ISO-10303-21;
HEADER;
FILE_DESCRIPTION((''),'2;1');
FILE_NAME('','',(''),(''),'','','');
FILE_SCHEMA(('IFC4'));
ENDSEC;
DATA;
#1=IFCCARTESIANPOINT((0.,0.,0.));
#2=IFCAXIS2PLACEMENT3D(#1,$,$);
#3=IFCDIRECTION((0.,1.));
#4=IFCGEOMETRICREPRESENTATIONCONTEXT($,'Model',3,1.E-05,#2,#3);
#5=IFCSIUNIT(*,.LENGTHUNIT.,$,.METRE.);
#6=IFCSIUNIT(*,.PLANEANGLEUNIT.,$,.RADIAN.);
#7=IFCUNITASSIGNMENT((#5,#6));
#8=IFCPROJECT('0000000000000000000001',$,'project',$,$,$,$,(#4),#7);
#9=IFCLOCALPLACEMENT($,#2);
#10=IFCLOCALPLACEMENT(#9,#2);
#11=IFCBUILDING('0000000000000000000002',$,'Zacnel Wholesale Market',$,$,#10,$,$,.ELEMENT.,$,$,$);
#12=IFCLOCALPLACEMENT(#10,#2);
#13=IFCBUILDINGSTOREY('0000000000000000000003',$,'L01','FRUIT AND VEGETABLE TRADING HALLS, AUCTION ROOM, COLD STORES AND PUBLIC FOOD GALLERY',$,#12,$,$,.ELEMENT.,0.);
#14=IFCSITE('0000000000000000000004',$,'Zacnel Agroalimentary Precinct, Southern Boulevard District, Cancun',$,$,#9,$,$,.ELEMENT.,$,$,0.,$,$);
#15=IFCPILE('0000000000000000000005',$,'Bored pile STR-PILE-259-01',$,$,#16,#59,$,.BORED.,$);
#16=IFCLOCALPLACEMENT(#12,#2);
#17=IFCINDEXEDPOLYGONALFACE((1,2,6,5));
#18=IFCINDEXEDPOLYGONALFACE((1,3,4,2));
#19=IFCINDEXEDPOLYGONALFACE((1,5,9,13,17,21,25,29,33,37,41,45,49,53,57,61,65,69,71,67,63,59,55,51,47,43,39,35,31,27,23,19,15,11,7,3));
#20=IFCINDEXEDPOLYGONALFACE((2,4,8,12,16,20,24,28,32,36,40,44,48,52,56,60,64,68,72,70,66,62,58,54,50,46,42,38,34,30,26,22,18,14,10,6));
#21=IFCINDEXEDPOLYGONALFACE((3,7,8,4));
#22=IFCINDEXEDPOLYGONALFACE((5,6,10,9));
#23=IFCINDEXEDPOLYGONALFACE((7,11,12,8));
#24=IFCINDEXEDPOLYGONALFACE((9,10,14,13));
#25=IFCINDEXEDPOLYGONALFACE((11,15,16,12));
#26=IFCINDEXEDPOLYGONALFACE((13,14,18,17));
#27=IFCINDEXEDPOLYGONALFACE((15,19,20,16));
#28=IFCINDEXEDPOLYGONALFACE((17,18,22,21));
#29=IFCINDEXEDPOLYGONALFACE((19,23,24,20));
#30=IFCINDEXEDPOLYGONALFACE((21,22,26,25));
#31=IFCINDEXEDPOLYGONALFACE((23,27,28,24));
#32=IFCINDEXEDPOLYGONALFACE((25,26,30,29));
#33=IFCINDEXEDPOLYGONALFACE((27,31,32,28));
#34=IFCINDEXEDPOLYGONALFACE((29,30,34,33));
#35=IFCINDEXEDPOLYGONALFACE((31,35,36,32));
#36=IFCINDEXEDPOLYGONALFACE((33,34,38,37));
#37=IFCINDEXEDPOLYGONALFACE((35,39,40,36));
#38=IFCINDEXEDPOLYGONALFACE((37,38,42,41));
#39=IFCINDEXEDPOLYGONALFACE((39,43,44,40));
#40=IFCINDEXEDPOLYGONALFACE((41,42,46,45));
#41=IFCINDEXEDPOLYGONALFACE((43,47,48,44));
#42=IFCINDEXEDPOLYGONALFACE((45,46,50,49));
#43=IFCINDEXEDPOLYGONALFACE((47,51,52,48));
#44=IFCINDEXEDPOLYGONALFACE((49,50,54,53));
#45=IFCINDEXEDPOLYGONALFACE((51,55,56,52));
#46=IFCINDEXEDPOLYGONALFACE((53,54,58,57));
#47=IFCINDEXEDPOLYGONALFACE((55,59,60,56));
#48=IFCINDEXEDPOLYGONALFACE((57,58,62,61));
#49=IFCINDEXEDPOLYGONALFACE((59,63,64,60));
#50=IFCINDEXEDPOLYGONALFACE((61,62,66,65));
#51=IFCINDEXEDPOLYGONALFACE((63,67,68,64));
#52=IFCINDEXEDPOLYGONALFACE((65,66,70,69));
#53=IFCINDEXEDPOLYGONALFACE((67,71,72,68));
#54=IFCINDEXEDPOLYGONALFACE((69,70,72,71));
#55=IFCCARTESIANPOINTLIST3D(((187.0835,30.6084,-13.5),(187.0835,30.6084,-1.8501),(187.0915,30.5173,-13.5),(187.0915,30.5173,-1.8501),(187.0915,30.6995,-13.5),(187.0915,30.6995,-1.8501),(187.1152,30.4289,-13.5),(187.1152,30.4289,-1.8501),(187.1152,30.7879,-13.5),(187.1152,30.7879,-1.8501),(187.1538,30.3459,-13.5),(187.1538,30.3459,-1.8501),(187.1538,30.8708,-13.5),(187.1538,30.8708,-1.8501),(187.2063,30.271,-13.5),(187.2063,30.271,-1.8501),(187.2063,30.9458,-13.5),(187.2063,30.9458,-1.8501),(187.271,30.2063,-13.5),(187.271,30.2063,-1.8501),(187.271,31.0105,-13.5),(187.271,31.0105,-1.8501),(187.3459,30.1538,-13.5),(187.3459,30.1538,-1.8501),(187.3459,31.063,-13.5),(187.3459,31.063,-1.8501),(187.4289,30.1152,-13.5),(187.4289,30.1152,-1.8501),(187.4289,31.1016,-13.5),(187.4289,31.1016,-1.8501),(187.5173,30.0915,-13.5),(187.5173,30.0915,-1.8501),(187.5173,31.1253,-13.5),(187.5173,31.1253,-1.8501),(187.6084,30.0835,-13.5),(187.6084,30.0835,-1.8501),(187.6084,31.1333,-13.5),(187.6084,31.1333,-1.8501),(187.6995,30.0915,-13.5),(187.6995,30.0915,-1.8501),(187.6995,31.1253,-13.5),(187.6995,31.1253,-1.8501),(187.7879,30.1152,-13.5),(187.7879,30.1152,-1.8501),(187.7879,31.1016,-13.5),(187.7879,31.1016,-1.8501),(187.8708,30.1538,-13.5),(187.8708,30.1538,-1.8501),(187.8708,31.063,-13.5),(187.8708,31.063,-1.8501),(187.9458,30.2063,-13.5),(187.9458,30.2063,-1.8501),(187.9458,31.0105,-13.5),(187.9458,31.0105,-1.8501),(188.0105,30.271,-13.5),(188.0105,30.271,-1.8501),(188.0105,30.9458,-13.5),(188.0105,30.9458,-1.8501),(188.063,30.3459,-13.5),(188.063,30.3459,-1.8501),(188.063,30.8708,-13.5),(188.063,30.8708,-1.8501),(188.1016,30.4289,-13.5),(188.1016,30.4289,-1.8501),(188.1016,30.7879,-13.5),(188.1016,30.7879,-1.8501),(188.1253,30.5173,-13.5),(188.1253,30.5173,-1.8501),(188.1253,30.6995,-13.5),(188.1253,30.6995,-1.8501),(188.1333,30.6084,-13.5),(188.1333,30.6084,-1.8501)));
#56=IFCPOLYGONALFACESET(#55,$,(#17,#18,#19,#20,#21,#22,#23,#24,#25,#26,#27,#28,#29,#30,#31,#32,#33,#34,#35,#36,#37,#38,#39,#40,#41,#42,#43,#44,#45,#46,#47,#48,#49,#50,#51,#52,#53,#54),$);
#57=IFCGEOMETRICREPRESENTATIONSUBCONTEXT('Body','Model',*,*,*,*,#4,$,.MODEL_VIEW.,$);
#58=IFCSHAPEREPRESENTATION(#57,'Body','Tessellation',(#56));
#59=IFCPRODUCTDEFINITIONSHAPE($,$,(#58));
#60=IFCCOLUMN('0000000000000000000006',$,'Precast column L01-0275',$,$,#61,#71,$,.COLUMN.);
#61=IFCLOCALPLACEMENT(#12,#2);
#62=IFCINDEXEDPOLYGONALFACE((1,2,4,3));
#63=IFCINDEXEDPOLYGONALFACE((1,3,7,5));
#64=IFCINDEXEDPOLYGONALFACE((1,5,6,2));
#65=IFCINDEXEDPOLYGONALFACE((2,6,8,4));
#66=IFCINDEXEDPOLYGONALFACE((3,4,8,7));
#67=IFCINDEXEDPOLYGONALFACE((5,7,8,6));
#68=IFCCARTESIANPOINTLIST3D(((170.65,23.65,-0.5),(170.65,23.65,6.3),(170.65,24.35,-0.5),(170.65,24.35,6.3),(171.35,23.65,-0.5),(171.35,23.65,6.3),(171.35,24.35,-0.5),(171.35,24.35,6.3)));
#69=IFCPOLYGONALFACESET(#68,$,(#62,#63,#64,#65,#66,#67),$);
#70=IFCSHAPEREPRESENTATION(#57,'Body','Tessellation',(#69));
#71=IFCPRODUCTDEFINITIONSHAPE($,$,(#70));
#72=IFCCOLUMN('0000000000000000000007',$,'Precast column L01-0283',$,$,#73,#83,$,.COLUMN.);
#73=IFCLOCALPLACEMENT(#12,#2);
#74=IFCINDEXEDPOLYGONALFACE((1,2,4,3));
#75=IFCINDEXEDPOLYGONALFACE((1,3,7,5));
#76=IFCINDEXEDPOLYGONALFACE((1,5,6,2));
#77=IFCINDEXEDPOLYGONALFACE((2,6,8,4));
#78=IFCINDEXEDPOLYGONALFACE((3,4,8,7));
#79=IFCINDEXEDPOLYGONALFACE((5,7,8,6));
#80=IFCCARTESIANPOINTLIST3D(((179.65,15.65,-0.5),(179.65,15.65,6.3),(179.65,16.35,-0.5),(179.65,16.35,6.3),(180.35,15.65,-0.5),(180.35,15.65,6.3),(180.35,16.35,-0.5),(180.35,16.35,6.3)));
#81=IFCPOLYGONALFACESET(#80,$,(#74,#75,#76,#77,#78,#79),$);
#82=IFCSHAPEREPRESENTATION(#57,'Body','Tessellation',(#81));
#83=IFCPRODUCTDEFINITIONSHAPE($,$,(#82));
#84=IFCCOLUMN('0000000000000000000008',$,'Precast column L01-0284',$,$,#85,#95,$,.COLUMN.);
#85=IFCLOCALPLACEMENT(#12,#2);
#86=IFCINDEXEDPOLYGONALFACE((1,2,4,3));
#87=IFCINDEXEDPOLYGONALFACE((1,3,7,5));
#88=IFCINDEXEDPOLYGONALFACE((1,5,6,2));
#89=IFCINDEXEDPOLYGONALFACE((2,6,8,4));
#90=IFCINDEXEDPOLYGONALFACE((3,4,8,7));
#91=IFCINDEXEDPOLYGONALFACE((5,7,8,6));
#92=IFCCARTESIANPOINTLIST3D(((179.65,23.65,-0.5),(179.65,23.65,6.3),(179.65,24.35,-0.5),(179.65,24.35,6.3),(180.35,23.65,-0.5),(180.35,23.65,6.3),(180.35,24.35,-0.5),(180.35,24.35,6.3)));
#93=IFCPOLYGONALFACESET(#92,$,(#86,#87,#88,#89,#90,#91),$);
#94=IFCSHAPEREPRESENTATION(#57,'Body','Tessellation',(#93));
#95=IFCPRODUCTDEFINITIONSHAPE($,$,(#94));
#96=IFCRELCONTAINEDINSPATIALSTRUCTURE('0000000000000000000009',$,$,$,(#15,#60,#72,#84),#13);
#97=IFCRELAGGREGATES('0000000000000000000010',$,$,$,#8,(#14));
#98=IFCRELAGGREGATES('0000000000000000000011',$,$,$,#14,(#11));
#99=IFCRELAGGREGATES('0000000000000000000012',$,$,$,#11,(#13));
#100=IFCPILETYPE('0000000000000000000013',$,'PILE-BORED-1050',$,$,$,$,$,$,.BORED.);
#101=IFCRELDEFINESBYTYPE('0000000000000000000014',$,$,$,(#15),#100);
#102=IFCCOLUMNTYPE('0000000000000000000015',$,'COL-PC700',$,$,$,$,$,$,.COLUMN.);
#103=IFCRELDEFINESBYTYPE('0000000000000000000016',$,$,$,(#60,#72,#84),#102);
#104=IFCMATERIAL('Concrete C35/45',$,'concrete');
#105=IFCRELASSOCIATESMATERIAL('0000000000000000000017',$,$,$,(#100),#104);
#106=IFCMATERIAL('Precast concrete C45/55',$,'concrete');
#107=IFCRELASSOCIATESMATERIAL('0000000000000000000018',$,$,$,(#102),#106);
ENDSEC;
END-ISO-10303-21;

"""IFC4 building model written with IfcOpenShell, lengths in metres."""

from ifc_helpers import new_model, si_unit, direction, frame, origin, origin_2d, place, context, subcontext, project, spatial, rectangle, circle, extrude, material, material_profile, profile_set, type_object, element, save


model = new_model("IFC4")

# Units and contexts
model_context = context("Model", 3, precision=1e-05, world=origin(), true_north=direction((0.0, 1.0)))
body_context = subcontext(model_context, "Body", "Model", "MODEL_VIEW")
ifc_project = project(units=[si_unit("LENGTHUNIT", "METRE"), si_unit("PLANEANGLEUNIT", "RADIAN")], contexts=[model_context])

# Site, building, storey
site_placement = place(None, origin())
site = spatial("IfcSite", under=ifc_project, at=site_placement, Name="Zacnel Agroalimentary Precinct, Southern Boulevard District, Cancun", CompositionType="ELEMENT", RefElevation=0.0)
building_placement = place(site_placement, origin())
building = spatial("IfcBuilding", under=site, at=building_placement, Name="Zacnel Wholesale Market", CompositionType="ELEMENT")
storey_placement = place(building_placement, origin())
storey = spatial("IfcBuildingStorey", under=building, at=storey_placement, Name="L01", Description="FRUIT AND VEGETABLE TRADING HALLS, AUCTION ROOM, COLD STORES AND PUBLIC FOOD GALLERY", CompositionType="ELEMENT", Elevation=0.0)

# Pile
ifc_material_1 = material(Name="Concrete C35/45", Category="concrete")
ifc_material_profile_1 = material_profile(ifc_material_1, circle(Radius=0.5249, at=origin_2d()), Name="BORED PILE D1050")
ifc_profile_set_1 = profile_set([ifc_material_profile_1], Name="Concrete C35/45")
pile_type = type_object("IfcPileType", Name="PILE-BORED-1050", PredefinedType="BORED", material=ifc_profile_set_1)
pile_1_placement = place(storey_placement, frame((187.6084, 30.6084, -1.8501), z_axis=(0.0, 0.0, -1.0), x_axis=(1.0, 0.0, 0.0)))
element("IfcPile", 1, at=pile_1_placement, inside=storey, type_object=pile_type, Name="Bored pile STR-PILE-259-01", PredefinedType="BORED", context=body_context, shape_type="SweptSolid", body=[
    extrude(circle(Radius=0.5249, at=origin_2d()), origin(), (0.0, 0.0, 1.0), 11.6499),
])

# Columns
ifc_material_2 = material(Name="Precast concrete C45/55", Category="concrete")
ifc_material_profile_2 = material_profile(ifc_material_2, rectangle(XDim=0.7, YDim=0.7, at=origin_2d()), Name="PC 700x700")
ifc_profile_set_2 = profile_set([ifc_material_profile_2], Name="Precast concrete C45/55")
column_type = type_object("IfcColumnType", Name="COL-PC700", PredefinedType="COLUMN", material=ifc_profile_set_2)
for number, where, z_axis, x_axis, name in (
    (2, (171.0, 24.0, -0.5), (0.0, 0.0, 1.0), (1.0, 0.0, 0.0), "Precast column L01-0275"),
    (3, (180.0, 16.0, -0.5), (0.0, 0.0, 1.0), (1.0, 0.0, 0.0), "Precast column L01-0283"),
    (4, (180.0, 24.0, -0.5), (0.0, 0.0, 1.0), (1.0, 0.0, 0.0), "Precast column L01-0284"),
):
    element("IfcColumn", number, at=place(storey_placement, frame(where, z_axis=z_axis, x_axis=x_axis)), inside=storey, type_object=column_type, Name=name, PredefinedType="COLUMN", context=body_context, shape_type="SweptSolid", body=[
        extrude(rectangle(XDim=0.7, YDim=0.7, at=origin_2d()), origin(), (0.0, 0.0, 1.0), 6.8),
    ])

save(model, "model.ifc")
